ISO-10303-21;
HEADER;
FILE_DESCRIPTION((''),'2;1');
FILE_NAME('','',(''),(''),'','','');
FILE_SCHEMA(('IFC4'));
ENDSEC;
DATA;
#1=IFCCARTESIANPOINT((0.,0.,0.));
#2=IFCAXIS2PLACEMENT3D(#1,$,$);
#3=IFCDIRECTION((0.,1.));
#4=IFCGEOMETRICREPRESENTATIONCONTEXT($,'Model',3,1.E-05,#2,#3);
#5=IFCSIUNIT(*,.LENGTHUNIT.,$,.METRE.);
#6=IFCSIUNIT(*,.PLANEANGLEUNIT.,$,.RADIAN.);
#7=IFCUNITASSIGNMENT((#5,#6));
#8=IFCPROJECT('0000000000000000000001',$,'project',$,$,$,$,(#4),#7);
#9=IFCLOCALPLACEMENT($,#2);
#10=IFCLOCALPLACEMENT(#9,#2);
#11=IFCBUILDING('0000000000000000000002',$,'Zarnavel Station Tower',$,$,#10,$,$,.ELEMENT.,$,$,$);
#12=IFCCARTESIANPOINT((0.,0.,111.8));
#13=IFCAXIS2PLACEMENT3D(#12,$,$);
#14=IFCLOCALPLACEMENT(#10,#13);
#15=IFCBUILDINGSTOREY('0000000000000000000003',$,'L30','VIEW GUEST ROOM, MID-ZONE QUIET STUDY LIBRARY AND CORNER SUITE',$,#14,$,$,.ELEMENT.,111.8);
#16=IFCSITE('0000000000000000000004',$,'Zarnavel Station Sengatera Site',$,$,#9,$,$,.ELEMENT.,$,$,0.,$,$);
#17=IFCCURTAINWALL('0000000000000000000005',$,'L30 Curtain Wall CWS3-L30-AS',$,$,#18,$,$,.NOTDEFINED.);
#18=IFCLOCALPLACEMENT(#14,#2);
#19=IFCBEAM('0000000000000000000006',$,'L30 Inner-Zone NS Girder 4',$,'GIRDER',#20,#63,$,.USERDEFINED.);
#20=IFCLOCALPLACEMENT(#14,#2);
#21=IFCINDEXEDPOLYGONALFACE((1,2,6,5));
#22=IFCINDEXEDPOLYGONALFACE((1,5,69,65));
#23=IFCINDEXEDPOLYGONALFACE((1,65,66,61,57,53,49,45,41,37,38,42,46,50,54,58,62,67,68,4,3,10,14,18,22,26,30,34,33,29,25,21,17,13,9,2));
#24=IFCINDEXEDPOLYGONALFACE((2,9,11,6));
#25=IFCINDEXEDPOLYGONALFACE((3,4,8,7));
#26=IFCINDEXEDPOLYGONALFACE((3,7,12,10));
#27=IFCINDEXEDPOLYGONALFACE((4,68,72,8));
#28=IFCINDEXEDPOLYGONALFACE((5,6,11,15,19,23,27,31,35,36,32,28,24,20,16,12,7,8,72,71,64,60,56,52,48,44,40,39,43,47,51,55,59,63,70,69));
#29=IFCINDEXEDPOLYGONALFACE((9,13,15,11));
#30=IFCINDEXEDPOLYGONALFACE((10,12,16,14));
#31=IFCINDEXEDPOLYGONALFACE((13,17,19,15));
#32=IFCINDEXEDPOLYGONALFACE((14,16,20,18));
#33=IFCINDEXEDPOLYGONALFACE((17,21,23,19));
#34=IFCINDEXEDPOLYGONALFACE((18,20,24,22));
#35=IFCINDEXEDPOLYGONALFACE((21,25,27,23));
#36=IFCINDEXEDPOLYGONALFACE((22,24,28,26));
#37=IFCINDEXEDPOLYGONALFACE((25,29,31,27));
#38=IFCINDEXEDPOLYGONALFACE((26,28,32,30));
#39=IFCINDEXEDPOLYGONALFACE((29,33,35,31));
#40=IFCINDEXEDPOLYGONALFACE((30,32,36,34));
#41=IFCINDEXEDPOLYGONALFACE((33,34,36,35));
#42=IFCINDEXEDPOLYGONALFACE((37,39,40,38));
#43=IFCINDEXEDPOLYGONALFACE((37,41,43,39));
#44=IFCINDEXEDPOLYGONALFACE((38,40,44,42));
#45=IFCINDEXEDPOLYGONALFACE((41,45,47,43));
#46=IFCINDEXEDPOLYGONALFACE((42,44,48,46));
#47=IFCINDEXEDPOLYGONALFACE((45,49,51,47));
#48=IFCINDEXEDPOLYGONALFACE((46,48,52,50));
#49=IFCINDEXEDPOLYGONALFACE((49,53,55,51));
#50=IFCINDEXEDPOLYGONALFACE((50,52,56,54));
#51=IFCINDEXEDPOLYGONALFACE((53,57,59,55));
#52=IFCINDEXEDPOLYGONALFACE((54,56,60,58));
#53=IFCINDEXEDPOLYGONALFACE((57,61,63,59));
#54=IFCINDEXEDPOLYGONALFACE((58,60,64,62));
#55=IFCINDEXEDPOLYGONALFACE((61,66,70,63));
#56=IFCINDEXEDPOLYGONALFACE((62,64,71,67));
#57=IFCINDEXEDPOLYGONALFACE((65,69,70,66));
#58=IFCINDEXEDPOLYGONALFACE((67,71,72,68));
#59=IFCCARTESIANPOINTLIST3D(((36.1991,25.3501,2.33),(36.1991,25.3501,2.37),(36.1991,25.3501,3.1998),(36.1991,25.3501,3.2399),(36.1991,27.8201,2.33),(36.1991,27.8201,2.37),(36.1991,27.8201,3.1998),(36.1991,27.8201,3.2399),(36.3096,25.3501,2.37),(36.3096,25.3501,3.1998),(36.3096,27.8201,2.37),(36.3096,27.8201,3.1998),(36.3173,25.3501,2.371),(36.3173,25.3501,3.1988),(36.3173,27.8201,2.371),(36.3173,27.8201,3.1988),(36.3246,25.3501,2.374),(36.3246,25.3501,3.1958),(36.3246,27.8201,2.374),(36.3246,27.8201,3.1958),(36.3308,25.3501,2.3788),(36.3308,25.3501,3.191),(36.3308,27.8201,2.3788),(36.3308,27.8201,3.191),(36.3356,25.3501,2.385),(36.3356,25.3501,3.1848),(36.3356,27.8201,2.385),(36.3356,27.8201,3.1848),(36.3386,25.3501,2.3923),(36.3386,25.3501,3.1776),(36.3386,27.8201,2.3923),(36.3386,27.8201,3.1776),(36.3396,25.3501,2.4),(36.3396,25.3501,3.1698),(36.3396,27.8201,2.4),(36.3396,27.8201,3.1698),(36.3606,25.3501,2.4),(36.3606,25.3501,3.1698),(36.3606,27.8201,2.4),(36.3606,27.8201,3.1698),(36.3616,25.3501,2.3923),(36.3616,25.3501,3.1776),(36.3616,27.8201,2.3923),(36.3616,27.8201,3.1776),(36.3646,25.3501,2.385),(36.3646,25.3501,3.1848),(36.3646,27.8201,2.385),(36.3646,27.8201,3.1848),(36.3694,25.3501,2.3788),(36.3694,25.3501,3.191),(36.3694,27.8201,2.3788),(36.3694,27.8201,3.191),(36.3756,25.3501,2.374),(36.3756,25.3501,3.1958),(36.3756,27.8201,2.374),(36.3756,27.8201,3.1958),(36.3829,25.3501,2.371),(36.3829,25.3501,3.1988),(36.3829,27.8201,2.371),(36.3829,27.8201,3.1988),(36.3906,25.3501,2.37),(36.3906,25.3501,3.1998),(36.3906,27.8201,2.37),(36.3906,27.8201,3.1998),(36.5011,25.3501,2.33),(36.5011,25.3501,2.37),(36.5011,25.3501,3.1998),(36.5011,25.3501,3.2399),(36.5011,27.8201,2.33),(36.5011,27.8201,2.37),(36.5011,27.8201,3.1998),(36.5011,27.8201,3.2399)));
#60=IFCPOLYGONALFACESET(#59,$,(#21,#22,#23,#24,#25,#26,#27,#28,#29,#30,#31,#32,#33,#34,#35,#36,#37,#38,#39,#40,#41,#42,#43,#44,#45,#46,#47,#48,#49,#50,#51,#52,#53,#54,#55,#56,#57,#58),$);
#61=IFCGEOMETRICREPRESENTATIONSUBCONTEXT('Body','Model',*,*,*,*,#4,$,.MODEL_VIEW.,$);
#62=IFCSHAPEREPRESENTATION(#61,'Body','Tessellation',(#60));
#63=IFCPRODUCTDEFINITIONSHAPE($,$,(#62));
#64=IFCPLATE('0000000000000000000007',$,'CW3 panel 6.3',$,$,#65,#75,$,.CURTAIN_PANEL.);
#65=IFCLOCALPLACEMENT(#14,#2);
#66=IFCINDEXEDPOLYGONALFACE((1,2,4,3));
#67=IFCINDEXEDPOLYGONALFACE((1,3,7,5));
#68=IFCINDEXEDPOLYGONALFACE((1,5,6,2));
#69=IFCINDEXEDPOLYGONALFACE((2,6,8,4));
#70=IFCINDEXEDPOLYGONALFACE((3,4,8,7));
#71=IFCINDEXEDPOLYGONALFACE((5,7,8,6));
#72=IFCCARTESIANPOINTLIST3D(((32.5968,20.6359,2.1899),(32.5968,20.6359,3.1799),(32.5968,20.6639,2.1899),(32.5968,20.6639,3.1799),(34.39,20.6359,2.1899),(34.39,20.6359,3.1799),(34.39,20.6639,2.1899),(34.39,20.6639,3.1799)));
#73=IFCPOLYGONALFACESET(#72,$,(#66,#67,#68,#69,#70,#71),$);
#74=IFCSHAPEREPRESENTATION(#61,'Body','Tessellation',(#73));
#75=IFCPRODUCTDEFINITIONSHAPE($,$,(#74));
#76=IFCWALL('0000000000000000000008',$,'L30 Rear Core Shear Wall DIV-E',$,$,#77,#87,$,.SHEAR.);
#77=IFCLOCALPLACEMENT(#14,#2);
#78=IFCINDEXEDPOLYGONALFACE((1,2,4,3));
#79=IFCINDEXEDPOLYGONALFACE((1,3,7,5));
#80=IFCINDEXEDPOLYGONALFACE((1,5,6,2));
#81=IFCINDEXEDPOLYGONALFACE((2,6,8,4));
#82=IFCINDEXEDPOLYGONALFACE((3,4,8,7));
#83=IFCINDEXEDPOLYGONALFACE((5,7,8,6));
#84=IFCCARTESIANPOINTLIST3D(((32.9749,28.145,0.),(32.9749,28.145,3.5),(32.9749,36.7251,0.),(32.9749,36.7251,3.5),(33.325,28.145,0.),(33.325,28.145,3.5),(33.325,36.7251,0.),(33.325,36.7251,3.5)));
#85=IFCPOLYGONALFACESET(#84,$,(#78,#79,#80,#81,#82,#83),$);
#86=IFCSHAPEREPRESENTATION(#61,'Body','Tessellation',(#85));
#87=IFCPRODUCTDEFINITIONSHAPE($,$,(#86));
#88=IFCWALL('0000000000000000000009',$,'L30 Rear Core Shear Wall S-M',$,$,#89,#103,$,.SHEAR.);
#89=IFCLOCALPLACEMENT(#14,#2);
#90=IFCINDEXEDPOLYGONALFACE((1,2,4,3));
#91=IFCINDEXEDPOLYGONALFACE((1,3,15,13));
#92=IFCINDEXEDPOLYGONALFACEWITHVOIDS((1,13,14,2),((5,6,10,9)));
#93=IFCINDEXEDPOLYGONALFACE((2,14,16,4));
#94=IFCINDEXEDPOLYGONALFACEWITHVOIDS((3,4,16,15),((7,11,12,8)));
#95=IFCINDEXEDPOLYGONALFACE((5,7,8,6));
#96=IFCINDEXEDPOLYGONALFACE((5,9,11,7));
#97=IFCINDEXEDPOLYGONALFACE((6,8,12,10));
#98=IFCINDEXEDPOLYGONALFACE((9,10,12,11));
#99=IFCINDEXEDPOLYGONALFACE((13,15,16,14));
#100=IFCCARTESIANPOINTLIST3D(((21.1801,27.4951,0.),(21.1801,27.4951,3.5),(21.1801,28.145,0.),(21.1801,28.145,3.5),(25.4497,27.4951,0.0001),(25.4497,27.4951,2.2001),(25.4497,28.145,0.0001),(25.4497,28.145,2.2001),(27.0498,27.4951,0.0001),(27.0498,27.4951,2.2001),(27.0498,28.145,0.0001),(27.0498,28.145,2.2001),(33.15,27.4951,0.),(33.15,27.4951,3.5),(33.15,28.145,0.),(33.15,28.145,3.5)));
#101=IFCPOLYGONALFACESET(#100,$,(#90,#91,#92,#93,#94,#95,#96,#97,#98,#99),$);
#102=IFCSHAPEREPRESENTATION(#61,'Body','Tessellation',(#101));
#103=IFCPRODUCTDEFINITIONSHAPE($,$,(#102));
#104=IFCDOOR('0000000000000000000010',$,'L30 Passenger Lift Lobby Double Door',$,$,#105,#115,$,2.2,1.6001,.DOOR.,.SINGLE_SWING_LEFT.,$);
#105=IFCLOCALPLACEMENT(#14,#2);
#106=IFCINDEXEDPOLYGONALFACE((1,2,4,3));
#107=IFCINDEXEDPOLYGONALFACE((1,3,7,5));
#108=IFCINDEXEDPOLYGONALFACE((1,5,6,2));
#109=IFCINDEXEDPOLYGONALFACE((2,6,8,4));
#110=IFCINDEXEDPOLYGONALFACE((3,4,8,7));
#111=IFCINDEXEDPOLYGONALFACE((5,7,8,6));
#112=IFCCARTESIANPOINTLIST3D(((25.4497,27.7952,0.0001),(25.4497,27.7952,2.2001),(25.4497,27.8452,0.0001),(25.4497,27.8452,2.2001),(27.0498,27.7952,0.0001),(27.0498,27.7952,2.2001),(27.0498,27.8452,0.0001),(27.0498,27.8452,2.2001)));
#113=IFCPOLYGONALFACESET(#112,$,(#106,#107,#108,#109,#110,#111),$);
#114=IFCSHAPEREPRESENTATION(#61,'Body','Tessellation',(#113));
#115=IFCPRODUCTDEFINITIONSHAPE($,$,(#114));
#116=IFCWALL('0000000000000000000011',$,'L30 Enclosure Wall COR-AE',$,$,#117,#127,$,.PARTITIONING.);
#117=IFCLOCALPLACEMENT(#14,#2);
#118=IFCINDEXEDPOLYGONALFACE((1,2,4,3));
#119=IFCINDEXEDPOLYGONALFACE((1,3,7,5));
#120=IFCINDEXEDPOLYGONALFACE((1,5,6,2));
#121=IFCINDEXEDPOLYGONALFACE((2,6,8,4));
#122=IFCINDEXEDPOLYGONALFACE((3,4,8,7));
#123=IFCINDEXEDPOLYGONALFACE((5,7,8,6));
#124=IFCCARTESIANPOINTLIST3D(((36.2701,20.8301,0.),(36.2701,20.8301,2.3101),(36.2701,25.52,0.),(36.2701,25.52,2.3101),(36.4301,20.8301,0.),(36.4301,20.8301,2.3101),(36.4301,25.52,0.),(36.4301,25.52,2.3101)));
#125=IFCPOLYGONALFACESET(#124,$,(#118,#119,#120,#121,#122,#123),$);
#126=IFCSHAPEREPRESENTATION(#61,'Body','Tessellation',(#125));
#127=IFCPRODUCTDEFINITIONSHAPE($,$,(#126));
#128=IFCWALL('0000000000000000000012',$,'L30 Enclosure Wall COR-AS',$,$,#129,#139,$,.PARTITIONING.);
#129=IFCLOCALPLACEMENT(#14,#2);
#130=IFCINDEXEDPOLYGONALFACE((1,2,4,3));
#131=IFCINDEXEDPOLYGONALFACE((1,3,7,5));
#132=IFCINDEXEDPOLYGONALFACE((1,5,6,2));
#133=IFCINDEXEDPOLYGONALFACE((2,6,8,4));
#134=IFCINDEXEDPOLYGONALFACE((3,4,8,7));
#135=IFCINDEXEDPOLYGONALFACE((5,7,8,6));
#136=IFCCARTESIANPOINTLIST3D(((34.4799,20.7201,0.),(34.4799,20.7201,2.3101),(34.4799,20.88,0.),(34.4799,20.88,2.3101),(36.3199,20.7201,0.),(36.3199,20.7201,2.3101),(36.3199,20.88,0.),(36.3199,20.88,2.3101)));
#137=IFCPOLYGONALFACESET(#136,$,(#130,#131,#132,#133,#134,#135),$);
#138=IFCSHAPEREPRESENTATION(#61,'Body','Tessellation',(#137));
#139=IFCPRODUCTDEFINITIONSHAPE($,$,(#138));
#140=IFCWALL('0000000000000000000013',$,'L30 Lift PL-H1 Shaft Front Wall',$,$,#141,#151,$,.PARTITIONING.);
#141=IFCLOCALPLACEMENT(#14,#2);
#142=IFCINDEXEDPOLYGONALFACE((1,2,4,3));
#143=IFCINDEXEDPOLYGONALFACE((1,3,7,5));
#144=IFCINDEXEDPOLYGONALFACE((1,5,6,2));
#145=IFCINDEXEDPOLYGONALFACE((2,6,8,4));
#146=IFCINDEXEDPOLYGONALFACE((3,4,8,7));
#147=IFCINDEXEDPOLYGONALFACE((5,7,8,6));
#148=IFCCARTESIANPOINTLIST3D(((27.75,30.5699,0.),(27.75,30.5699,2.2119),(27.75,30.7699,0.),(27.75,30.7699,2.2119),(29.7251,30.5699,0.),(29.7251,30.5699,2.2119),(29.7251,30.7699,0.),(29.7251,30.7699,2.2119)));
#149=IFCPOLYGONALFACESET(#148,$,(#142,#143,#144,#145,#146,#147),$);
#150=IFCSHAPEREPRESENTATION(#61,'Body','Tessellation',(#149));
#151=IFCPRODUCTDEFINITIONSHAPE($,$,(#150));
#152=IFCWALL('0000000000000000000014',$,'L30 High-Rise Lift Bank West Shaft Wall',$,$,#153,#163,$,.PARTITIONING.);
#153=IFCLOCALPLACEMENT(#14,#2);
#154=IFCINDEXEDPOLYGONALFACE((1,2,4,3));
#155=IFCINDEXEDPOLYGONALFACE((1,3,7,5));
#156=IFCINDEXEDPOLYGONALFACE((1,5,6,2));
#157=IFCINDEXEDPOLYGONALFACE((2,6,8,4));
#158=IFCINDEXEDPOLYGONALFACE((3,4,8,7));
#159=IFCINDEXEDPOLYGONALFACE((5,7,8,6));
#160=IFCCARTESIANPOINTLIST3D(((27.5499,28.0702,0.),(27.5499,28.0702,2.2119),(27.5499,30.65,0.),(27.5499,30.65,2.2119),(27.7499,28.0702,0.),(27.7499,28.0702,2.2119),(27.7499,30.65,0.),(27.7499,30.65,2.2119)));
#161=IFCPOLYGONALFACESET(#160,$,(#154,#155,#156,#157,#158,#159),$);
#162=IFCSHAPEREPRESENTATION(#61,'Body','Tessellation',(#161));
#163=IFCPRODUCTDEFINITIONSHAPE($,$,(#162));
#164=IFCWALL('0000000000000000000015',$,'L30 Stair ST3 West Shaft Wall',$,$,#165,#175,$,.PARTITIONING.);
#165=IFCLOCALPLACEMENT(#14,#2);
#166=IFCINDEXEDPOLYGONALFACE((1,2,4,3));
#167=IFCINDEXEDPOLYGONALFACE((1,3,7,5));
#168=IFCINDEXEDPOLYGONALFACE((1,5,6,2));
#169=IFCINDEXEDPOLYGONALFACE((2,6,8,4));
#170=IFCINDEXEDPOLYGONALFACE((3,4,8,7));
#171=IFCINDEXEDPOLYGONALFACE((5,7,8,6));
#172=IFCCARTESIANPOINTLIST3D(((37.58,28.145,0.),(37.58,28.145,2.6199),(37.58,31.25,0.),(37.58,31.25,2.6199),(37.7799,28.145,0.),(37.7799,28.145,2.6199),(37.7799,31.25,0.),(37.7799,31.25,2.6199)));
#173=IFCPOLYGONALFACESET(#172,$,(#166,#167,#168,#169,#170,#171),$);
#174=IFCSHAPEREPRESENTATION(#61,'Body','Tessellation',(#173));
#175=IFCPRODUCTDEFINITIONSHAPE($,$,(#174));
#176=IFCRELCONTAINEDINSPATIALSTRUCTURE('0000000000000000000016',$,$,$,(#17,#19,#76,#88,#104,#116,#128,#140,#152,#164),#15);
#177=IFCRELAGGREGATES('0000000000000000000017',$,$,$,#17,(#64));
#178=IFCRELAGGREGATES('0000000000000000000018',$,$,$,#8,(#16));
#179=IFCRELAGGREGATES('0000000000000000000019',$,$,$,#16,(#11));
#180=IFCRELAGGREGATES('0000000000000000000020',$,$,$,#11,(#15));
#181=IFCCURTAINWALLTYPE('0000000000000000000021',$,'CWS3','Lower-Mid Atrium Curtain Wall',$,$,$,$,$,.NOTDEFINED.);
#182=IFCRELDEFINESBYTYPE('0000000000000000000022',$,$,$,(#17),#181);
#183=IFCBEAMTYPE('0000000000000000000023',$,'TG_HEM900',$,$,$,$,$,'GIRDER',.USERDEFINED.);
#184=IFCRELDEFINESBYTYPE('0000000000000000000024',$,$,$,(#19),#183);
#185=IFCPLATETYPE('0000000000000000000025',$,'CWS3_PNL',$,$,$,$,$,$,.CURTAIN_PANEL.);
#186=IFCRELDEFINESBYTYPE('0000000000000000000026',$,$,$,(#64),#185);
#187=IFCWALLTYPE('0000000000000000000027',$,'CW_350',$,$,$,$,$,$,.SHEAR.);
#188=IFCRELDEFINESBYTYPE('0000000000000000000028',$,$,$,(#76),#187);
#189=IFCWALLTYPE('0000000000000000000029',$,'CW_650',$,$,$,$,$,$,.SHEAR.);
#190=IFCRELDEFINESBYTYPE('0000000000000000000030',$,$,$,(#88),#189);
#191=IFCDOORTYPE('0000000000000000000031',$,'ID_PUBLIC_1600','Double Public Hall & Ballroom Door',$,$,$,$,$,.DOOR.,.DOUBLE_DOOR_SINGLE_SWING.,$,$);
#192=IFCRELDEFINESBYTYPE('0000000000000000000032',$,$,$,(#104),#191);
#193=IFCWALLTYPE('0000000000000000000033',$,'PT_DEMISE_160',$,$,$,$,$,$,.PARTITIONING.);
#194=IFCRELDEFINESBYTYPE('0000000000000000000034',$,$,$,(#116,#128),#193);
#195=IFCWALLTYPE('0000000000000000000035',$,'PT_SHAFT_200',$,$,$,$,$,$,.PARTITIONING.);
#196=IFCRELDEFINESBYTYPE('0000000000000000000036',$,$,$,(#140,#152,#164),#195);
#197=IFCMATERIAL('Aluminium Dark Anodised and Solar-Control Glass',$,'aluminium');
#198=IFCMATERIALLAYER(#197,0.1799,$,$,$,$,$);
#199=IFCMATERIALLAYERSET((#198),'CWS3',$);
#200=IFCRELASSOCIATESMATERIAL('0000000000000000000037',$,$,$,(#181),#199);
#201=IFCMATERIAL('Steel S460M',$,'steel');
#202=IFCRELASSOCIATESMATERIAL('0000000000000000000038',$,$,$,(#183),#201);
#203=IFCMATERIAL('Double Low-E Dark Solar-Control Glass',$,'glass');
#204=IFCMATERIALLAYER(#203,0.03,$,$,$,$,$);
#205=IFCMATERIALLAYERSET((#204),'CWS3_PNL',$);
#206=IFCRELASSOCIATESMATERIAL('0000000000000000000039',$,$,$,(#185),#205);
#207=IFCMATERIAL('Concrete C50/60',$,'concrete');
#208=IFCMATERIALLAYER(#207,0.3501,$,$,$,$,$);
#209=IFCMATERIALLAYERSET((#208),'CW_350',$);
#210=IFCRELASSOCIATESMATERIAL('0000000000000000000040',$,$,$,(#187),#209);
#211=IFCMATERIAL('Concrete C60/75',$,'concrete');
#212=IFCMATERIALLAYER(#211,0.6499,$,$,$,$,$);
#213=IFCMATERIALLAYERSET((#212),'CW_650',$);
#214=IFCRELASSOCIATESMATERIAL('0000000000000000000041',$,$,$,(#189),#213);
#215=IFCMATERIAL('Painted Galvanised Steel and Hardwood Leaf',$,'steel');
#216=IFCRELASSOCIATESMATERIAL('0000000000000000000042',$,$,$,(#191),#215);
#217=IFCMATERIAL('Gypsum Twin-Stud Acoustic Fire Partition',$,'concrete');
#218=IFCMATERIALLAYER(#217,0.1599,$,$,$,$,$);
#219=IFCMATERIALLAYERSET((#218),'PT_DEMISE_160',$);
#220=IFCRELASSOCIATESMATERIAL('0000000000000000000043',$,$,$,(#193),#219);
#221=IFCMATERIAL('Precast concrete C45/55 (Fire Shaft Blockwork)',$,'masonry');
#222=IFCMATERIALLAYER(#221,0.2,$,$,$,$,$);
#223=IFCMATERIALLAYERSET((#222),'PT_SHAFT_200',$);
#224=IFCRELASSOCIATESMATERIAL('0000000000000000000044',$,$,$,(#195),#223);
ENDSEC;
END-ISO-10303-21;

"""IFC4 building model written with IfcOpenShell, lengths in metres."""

from ifc_helpers import new_model, si_unit, direction, frame, frame_2d, origin, origin_2d, place, context, subcontext, project, spatial, rectangle, i_section, extrude, material, layer, layer_set, material_profile, profile_set, type_object, element, fill, aggregate, save


model = new_model("IFC4")

# Units and contexts
model_context = context("Model", 3, precision=1e-05, world=origin(), true_north=direction((0.0, 1.0)))
body_context = subcontext(model_context, "Body", "Model", "MODEL_VIEW")
ifc_project = project(units=[si_unit("LENGTHUNIT", "METRE"), si_unit("PLANEANGLEUNIT", "RADIAN")], contexts=[model_context])

# Site, building, storey
site_placement = place(None, origin())
site = spatial("IfcSite", under=ifc_project, at=site_placement, Name="Zarnavel Station Sengatera Site", CompositionType="ELEMENT", RefElevation=0.0)
building_placement = place(site_placement, origin())
building = spatial("IfcBuilding", under=site, at=building_placement, Name="Zarnavel Station Tower", CompositionType="ELEMENT")
storey_placement = place(building_placement, frame((0.0, 0.0, 111.8)))
storey = spatial("IfcBuildingStorey", under=building, at=storey_placement, Name="L30", Description="VIEW GUEST ROOM, MID-ZONE QUIET STUDY LIBRARY AND CORNER SUITE", CompositionType="ELEMENT", Elevation=111.8)

# Curtain wall
ifc_material_1 = material(Name="Aluminium Dark Anodised and Solar-Control Glass", Category="aluminium")
ifc_layer_1 = layer(ifc_material_1, 0.1799)
ifc_layer_set_1 = layer_set([ifc_layer_1], Name="CWS3")
curtain_wall_type = type_object("IfcCurtainWallType", Name="CWS3", Description="Lower-Mid Atrium Curtain Wall", PredefinedType="NOTDEFINED", material=ifc_layer_set_1)
curtain_wall_placement = place(storey_placement, origin())
curtain_wall = element("IfcCurtainWall", 1, at=curtain_wall_placement, inside=storey, type_object=curtain_wall_type, Name="L30 Curtain Wall CWS3-L30-AS", PredefinedType="NOTDEFINED")

# Beam
ifc_material_2 = material(Name="Steel S460M", Category="steel")
ifc_material_profile_1 = material_profile(ifc_material_2, i_section(OverallWidth=0.302, OverallDepth=0.9099, WebThickness=0.021, FlangeThickness=0.04, FilletRadius=0.03, at=origin_2d()), Name="HEM900")
ifc_profile_set_1 = profile_set([ifc_material_profile_1], Name="Steel S460M")
beam_type_1 = type_object("IfcBeamType", Name="TG_HEM900", ElementType="GIRDER", PredefinedType="USERDEFINED", material=ifc_profile_set_1)
beam_1_placement = place(storey_placement, frame((36.3501, 25.3501, 2.7849), z_axis=(0.0, 1.0, 0.0), x_axis=(-1.0, 0.0, 0.0)))
element("IfcBeam", 2, at=beam_1_placement, inside=storey, type_object=beam_type_1, Name="L30 Inner-Zone NS Girder 4", ObjectType="GIRDER", PredefinedType="USERDEFINED", context=body_context, shape_type="SweptSolid", body=[
    extrude(i_section(OverallWidth=0.302, OverallDepth=0.9099, WebThickness=0.021, FlangeThickness=0.04, FilletRadius=0.03, at=origin_2d()), origin(), (0.0, 0.0, 1.0), 2.47),
])

# Plate
ifc_material_3 = material(Name="Double Low-E Dark Solar-Control Glass", Category="glass")
ifc_layer_2 = layer(ifc_material_3, 0.03)
ifc_layer_set_2 = layer_set([ifc_layer_2], Name="CWS3_PNL")
plate_type = type_object("IfcPlateType", Name="CWS3_PNL", PredefinedType="CURTAIN_PANEL", material=ifc_layer_set_2)
plate_placement = place(storey_placement, frame((33.4934, 20.6499, 2.1899), z_axis=(0.0, 0.0, 1.0), x_axis=(1.0, 0.0, 0.0)))
plate = element("IfcPlate", 3, at=plate_placement, type_object=plate_type, Name="CW3 panel 6.3", PredefinedType="CURTAIN_PANEL", context=body_context, shape_type="SweptSolid", body=[
    extrude(rectangle(XDim=1.7932, YDim=0.0281, at=origin_2d()), origin(), (0.0, 0.0, 1.0), 0.99),
])
aggregate(curtain_wall, [plate])

# Wall
ifc_material_4 = material(Name="Concrete C50/60", Category="concrete")
ifc_layer_3 = layer(ifc_material_4, 0.3501)
ifc_layer_set_3 = layer_set([ifc_layer_3], Name="CW_350")
wall_type_1 = type_object("IfcWallType", Name="CW_350", PredefinedType="SHEAR", material=ifc_layer_set_3)
wall_1_placement = place(storey_placement, frame((33.1499, 28.145, 0.0), z_axis=(0.0, 0.0, 1.0), x_axis=(0.0, 1.0, 0.0)))
element("IfcWall", 4, at=wall_1_placement, inside=storey, type_object=wall_type_1, Name="L30 Rear Core Shear Wall DIV-E", PredefinedType="SHEAR", context=body_context, shape_type="SweptSolid", body=[
    extrude(rectangle(XDim=8.5801, YDim=0.3501, at=frame_2d((4.29, 0.0))), origin(), (0.0, 0.0, 1.0), 3.5),
])

# Wall, opening, door
ifc_material_5 = material(Name="Concrete C60/75", Category="concrete")
ifc_layer_4 = layer(ifc_material_5, 0.6499)
ifc_layer_set_4 = layer_set([ifc_layer_4], Name="CW_650")
wall_type_2 = type_object("IfcWallType", Name="CW_650", PredefinedType="SHEAR", material=ifc_layer_set_4)
wall_2_placement = place(storey_placement, frame((33.1499, 27.8201, 0.0), z_axis=(0.0, 0.0, 1.0), x_axis=(-1.0, 0.0, 0.0)))
wall_2 = element("IfcWall", 5, at=wall_2_placement, inside=storey, type_object=wall_type_2, Name="L30 Rear Core Shear Wall S-M", PredefinedType="SHEAR", context=body_context, shape_type="SweptSolid", body=[
    extrude(rectangle(XDim=11.97, YDim=0.6499, at=frame_2d((5.9849, 0.0))), origin(), (0.0, 0.0, 1.0), 3.5),
])
opening_1_placement = place(wall_2_placement, frame((6.1001, 0.0, 0.0)))
opening_1 = element("IfcOpeningElement", 6, at=opening_1_placement, cuts=wall_2, PredefinedType="OPENING", context=body_context, shape_type="SweptSolid", body=[
    extrude(rectangle(XDim=1.6001, YDim=2.2, at=frame_2d((0.8, 1.1001))), frame((0.0, 0.335, 0.0), z_axis=(0.0, -1.0, 0.0), x_axis=(1.0, 0.0, 0.0)), (0.0, 0.0, 1.0), 0.6699),
])
ifc_material_6 = material(Name="Painted Galvanised Steel and Hardwood Leaf", Category="steel")
door_type_1 = type_object("IfcDoorType", Name="ID_PUBLIC_1600", Description="Double Public Hall & Ballroom Door", OperationType="DOUBLE_DOOR_SINGLE_SWING", PredefinedType="DOOR", material=ifc_material_6)
door_1_placement = place(opening_1_placement, origin())
door_1 = element("IfcDoor", 7, at=door_1_placement, inside=storey, type_object=door_type_1, Name="L30 Passenger Lift Lobby Double Door", OperationType="SINGLE_SWING_LEFT", OverallHeight=2.2, OverallWidth=1.6001, PredefinedType="DOOR", context=body_context, shape_type="SweptSolid", body=[
    extrude(rectangle(XDim=1.6001, YDim=2.2, at=frame_2d((0.8, 1.1001))), frame((0.0, 0.0249, 0.0), z_axis=(0.0, -1.0, 0.0), x_axis=(1.0, 0.0, 0.0)), (0.0, 0.0, 1.0), 0.05),
])
fill(opening_1, door_1)

# Walls
ifc_material_7 = material(Name="Gypsum Twin-Stud Acoustic Fire Partition", Category="concrete")
ifc_layer_5 = layer(ifc_material_7, 0.1599)
ifc_layer_set_5 = layer_set([ifc_layer_5], Name="PT_DEMISE_160")
wall_type_3 = type_object("IfcWallType", Name="PT_DEMISE_160", PredefinedType="PARTITIONING", material=ifc_layer_set_5)
wall_3_placement = place(storey_placement, frame((36.3501, 20.8301, 0.0), z_axis=(0.0, 0.0, 1.0), x_axis=(0.0, 1.0, 0.0)))
element("IfcWall", 8, at=wall_3_placement, inside=storey, type_object=wall_type_3, Name="L30 Enclosure Wall COR-AE", PredefinedType="PARTITIONING", context=body_context, shape_type="SweptSolid", body=[
    extrude(rectangle(XDim=4.6899, YDim=0.1599, at=frame_2d((2.345, 0.0))), origin(), (0.0, 0.0, 1.0), 2.3101),
])
wall_4_placement = place(storey_placement, frame((34.48, 20.8, 0.0), z_axis=(0.0, 0.0, 1.0), x_axis=(1.0, 0.0, 0.0)))
element("IfcWall", 9, at=wall_4_placement, inside=storey, type_object=wall_type_3, Name="L30 Enclosure Wall COR-AS", PredefinedType="PARTITIONING", context=body_context, shape_type="SweptSolid", body=[
    extrude(rectangle(XDim=1.8401, YDim=0.1599, at=frame_2d((0.9199, 0.0))), origin(), (0.0, 0.0, 1.0), 2.3101),
])
ifc_material_8 = material(Name="Precast concrete C45/55 (Fire Shaft Blockwork)", Category="masonry")
ifc_layer_6 = layer(ifc_material_8, 0.2)
ifc_layer_set_6 = layer_set([ifc_layer_6], Name="PT_SHAFT_200")
wall_type_4 = type_object("IfcWallType", Name="PT_SHAFT_200", PredefinedType="PARTITIONING", material=ifc_layer_set_6)
wall_5_placement = place(storey_placement, frame((27.75, 30.6699, 0.0), z_axis=(0.0, 0.0, 1.0), x_axis=(1.0, 0.0, 0.0)))
element("IfcWall", 10, at=wall_5_placement, inside=storey, type_object=wall_type_4, Name="L30 Lift PL-H1 Shaft Front Wall", PredefinedType="PARTITIONING", context=body_context, shape_type="SweptSolid", body=[
    extrude(rectangle(XDim=1.9751, YDim=0.2, at=frame_2d((0.9875, 0.0))), origin(), (0.0, 0.0, 1.0), 2.2119),
])
wall_6_placement = place(storey_placement, frame((27.6499, 28.0701, 0.0), z_axis=(0.0, 0.0, 1.0), x_axis=(0.0, 1.0, 0.0)))
element("IfcWall", 11, at=wall_6_placement, inside=storey, type_object=wall_type_4, Name="L30 High-Rise Lift Bank West Shaft Wall", PredefinedType="PARTITIONING", context=body_context, shape_type="SweptSolid", body=[
    extrude(rectangle(XDim=2.5798, YDim=0.2, at=frame_2d((1.29, 0.0))), origin(), (0.0, 0.0, 1.0), 2.2119),
])
wall_7_placement = place(storey_placement, frame((37.6799, 28.145, 0.0), z_axis=(0.0, 0.0, 1.0), x_axis=(0.0, 1.0, 0.0)))
element("IfcWall", 12, at=wall_7_placement, inside=storey, type_object=wall_type_4, Name="L30 Stair ST3 West Shaft Wall", PredefinedType="PARTITIONING", context=body_context, shape_type="SweptSolid", body=[
    extrude(rectangle(XDim=3.105, YDim=0.2, at=frame_2d((1.5525, 0.0))), origin(), (0.0, 0.0, 1.0), 2.6199),
])

save(model, "model.ifc")
